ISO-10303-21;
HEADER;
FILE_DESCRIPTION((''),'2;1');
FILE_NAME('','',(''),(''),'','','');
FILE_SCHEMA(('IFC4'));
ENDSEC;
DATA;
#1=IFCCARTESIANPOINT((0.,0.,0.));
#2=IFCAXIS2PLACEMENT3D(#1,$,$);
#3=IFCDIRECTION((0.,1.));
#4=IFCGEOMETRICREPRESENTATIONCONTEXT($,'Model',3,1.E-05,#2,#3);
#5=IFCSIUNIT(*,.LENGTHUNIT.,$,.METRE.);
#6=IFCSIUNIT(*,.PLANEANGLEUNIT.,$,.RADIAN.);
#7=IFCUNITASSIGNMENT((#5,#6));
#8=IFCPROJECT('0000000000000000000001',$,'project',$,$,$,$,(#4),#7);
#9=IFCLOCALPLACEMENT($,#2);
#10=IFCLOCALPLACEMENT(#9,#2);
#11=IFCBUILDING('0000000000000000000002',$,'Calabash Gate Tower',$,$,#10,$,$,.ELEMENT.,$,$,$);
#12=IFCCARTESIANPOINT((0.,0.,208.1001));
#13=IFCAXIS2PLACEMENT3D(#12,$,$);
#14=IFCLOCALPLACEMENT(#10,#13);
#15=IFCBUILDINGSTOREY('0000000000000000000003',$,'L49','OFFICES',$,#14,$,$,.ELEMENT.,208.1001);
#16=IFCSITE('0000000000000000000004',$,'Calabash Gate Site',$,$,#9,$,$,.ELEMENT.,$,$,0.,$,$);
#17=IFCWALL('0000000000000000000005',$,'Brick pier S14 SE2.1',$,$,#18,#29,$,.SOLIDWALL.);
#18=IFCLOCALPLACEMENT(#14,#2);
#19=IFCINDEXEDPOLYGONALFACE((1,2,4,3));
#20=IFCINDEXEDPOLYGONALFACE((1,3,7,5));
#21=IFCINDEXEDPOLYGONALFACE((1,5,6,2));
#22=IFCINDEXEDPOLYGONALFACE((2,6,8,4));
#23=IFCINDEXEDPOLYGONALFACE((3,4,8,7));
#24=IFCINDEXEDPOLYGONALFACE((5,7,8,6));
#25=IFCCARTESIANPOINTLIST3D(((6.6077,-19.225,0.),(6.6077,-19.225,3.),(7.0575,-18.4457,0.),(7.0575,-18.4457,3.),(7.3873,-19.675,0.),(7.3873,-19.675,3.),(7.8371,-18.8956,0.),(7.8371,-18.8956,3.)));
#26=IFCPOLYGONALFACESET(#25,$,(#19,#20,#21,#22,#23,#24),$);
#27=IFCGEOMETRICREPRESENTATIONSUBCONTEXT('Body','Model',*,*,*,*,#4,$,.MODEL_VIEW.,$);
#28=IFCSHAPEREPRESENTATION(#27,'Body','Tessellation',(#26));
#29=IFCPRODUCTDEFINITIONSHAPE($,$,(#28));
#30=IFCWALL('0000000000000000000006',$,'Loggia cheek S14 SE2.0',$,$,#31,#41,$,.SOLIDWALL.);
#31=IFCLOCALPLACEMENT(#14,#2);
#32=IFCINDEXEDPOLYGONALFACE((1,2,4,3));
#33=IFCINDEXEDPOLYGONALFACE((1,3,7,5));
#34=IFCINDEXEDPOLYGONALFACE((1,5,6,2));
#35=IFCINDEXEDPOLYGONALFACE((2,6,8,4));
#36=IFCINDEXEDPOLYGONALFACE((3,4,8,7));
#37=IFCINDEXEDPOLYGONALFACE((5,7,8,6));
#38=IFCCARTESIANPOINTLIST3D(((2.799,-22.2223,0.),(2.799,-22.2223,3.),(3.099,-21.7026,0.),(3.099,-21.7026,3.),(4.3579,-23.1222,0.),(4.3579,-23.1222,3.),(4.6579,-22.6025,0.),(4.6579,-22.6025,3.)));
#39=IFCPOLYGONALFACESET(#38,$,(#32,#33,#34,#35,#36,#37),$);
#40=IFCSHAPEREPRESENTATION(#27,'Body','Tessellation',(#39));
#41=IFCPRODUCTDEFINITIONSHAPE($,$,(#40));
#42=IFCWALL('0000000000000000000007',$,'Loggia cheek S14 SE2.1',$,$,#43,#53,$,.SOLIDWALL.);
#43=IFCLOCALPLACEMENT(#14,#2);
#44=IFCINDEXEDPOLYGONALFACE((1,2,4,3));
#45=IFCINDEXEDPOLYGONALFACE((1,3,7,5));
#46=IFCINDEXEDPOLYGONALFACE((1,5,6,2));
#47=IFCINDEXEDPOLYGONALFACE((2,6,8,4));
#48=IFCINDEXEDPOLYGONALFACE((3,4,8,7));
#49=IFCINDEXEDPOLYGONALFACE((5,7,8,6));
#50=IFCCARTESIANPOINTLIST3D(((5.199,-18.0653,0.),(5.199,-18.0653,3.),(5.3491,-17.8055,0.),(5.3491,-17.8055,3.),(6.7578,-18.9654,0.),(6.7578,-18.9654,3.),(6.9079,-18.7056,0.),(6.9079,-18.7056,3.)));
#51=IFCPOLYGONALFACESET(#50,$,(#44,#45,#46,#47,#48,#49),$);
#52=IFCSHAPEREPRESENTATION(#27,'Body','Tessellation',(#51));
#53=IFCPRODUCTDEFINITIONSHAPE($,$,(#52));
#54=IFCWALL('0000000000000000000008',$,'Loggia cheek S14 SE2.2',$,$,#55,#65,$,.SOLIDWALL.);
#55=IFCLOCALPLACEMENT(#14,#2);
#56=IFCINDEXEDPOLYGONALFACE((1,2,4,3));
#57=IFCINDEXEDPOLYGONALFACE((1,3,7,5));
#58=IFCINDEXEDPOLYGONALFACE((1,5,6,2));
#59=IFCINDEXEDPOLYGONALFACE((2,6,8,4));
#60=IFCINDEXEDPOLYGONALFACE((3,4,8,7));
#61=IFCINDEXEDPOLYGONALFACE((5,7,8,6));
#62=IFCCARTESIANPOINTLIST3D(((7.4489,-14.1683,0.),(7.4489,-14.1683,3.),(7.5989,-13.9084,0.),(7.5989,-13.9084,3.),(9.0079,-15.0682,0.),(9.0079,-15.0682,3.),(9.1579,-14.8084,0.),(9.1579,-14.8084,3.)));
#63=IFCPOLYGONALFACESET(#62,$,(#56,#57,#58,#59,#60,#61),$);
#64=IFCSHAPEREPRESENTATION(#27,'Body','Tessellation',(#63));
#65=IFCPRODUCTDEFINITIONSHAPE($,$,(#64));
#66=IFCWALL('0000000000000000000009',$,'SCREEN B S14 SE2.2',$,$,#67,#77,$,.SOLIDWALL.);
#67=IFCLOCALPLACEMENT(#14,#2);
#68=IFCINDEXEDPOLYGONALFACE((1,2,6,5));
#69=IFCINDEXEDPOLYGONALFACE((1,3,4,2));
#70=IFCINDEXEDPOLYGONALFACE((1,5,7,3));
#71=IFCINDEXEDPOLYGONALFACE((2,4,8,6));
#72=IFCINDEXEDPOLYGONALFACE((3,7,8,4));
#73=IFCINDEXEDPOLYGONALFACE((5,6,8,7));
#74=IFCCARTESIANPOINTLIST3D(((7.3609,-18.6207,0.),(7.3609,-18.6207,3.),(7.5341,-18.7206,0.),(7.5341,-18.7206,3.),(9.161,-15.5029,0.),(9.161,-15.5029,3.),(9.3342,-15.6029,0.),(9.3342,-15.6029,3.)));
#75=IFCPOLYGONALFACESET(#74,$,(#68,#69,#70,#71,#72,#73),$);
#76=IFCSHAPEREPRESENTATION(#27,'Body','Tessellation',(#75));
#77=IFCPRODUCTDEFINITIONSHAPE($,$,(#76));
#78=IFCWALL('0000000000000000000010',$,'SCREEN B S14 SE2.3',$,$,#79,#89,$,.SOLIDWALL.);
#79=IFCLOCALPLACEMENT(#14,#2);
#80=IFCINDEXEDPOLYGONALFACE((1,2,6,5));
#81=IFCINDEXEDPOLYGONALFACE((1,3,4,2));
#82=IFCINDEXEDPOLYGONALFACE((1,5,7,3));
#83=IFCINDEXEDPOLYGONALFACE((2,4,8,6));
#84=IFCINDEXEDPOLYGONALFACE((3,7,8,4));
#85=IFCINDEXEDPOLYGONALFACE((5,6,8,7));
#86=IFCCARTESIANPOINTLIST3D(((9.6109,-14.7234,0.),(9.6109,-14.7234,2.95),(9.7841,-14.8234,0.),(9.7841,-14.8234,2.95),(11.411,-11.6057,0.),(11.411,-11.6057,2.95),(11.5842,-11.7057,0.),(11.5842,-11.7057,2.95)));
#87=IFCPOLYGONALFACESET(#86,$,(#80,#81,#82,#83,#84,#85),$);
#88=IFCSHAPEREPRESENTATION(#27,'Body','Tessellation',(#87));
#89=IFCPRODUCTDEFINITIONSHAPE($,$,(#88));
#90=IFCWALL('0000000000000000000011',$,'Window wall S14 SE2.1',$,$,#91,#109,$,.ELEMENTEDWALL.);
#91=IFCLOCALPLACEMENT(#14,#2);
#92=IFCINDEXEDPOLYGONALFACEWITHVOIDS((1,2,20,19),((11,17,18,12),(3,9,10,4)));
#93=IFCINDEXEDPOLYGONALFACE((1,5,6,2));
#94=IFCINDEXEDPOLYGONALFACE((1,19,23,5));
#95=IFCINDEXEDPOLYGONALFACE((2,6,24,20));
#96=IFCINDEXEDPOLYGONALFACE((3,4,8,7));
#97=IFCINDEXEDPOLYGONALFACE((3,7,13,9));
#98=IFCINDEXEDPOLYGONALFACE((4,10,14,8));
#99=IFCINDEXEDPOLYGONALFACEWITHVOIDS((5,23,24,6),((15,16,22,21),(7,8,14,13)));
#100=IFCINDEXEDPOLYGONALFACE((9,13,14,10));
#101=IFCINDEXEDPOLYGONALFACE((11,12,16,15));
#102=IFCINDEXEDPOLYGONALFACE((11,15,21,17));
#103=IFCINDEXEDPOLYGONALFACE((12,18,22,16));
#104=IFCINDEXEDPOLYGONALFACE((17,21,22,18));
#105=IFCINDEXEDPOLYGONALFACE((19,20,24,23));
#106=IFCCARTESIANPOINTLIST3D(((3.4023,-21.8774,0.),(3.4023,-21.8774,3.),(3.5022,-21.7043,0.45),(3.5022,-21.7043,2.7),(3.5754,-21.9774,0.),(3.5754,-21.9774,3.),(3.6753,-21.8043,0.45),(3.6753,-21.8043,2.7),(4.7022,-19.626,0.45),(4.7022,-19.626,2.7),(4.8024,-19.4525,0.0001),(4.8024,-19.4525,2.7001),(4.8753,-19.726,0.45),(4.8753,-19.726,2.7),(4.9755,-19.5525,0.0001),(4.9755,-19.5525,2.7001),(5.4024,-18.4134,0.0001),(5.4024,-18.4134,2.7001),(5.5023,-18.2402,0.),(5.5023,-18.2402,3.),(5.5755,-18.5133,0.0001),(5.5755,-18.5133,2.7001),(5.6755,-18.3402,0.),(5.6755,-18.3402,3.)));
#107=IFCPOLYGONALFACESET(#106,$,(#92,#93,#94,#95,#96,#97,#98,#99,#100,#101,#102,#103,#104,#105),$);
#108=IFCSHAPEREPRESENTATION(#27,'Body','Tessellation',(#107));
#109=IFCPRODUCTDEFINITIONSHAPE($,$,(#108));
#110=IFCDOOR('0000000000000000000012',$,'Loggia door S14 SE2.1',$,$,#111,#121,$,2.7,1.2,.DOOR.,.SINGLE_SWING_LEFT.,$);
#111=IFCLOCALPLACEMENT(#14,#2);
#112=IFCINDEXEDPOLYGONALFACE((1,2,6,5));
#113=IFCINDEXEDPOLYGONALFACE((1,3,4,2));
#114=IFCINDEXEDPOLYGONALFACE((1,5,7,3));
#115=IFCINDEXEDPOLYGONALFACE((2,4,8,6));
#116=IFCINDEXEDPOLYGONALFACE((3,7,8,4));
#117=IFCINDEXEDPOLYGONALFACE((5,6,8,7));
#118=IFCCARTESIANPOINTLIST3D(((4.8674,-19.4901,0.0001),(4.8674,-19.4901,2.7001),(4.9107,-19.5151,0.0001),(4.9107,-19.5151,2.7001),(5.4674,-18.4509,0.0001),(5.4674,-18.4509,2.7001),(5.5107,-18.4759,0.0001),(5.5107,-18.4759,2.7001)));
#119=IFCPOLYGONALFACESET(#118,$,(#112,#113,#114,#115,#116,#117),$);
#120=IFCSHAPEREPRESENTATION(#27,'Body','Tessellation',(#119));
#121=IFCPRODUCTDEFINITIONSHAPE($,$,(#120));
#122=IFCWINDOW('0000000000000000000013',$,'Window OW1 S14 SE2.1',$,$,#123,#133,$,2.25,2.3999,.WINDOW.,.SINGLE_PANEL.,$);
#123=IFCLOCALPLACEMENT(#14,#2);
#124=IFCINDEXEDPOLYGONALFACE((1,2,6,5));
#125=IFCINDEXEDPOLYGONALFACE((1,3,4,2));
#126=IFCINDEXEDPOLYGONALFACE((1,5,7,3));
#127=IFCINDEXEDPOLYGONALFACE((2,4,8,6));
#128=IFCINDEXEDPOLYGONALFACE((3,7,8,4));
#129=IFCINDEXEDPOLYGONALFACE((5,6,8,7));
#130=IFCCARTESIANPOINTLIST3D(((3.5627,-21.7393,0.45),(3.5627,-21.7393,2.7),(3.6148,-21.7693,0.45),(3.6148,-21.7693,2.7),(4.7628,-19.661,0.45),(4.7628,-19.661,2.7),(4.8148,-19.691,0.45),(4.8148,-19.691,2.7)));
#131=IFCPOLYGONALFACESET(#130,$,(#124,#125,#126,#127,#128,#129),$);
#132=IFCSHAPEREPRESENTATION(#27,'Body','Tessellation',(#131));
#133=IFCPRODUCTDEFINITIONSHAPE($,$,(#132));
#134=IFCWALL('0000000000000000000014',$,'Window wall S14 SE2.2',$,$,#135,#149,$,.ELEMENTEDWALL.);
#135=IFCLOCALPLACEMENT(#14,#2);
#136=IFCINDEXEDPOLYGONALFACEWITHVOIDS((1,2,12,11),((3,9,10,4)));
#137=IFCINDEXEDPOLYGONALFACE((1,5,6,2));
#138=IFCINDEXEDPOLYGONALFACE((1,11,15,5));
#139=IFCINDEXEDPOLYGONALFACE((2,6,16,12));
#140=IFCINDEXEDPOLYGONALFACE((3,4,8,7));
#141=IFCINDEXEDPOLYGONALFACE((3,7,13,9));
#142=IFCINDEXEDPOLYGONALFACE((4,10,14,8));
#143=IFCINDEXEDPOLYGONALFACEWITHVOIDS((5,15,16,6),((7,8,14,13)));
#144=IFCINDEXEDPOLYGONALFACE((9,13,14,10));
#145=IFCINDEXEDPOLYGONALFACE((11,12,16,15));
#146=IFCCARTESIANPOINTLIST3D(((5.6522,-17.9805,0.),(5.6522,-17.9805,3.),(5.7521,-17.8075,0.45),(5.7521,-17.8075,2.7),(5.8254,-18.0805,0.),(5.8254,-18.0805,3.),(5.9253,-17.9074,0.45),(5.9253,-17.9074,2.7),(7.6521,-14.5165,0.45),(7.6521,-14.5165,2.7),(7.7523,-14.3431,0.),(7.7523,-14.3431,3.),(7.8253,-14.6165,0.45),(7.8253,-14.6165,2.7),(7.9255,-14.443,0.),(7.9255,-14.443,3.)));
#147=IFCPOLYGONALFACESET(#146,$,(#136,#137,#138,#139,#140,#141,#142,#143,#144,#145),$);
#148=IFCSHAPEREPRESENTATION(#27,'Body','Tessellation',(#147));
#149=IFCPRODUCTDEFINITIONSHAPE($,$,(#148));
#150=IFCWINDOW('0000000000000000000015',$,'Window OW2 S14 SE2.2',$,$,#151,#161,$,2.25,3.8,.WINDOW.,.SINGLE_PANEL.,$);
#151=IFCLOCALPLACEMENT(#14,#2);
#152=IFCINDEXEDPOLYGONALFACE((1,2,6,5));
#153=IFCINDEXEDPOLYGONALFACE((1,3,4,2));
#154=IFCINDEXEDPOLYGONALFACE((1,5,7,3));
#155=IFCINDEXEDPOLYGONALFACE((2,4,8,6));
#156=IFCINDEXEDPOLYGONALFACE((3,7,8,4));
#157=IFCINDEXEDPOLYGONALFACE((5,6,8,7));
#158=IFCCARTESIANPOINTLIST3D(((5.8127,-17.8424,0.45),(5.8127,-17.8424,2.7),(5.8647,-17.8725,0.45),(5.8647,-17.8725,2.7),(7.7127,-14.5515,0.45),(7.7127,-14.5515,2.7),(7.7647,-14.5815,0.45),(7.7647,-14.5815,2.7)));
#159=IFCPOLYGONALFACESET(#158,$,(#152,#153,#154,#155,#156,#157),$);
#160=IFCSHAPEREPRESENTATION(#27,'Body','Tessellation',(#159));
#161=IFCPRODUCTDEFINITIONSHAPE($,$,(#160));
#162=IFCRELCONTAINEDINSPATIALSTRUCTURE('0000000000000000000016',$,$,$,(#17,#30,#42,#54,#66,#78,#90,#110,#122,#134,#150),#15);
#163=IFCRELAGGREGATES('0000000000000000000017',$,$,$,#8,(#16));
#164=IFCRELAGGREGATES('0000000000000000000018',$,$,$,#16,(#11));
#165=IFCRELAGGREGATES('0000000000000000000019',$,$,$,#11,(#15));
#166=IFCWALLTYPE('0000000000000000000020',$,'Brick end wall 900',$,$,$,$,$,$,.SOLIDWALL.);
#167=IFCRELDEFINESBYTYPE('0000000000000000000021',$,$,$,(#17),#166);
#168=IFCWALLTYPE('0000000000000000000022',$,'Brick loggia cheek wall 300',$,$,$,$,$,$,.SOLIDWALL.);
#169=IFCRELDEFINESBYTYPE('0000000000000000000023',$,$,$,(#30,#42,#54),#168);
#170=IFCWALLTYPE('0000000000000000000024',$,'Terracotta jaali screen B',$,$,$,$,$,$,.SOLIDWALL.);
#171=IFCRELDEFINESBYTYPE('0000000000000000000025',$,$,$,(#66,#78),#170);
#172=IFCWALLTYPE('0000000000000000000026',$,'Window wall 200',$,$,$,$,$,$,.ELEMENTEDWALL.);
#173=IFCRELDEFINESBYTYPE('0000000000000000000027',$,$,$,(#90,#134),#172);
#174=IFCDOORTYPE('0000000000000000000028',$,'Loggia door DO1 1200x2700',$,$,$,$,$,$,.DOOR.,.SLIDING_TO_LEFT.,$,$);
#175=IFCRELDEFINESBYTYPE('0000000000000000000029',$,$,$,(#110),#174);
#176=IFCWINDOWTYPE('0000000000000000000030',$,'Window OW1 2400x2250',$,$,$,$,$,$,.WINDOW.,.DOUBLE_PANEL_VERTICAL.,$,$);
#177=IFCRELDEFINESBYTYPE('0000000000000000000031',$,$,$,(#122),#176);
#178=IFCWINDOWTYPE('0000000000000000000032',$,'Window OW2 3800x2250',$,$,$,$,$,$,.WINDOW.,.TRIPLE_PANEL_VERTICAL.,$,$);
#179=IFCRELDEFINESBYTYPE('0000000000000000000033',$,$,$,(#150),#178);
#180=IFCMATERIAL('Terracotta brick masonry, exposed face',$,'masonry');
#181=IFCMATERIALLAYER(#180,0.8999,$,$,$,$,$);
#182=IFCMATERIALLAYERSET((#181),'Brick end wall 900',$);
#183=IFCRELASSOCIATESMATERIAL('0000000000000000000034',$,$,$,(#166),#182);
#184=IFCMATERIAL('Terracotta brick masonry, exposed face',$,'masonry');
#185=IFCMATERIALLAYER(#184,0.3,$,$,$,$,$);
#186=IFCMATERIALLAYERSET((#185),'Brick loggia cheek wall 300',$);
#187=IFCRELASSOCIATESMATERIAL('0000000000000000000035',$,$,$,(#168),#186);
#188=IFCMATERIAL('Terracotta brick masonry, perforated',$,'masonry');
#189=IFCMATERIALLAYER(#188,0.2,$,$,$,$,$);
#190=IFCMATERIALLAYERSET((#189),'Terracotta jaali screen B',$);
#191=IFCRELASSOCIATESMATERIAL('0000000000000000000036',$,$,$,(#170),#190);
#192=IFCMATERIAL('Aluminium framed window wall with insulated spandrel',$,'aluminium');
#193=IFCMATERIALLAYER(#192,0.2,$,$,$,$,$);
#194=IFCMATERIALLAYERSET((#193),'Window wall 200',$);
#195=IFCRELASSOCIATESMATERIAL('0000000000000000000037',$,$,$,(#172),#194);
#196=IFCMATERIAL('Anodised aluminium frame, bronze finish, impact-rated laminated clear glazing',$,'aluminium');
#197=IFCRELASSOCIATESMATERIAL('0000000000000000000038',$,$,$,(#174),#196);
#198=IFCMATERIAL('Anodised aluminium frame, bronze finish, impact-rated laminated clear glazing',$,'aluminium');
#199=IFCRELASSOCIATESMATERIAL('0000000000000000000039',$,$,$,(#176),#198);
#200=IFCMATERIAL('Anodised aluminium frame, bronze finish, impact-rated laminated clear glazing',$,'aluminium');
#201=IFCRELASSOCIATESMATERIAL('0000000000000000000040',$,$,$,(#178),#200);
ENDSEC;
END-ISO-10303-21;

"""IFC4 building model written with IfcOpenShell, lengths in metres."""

from ifc_helpers import new_model, si_unit, direction, frame, frame_2d, origin, place, context, subcontext, project, spatial, rectangle, extrude, material, layer, layer_set, type_object, element, fill, save


model = new_model("IFC4")

# Units and contexts
model_context = context("Model", 3, precision=1e-05, world=origin(), true_north=direction((0.0, 1.0)))
body_context = subcontext(model_context, "Body", "Model", "MODEL_VIEW")
ifc_project = project(units=[si_unit("LENGTHUNIT", "METRE"), si_unit("PLANEANGLEUNIT", "RADIAN")], contexts=[model_context])

# Site, building, storey
site_placement = place(None, origin())
site = spatial("IfcSite", under=ifc_project, at=site_placement, Name="Calabash Gate Site", CompositionType="ELEMENT", RefElevation=0.0)
building_placement = place(site_placement, origin())
building = spatial("IfcBuilding", under=site, at=building_placement, Name="Calabash Gate Tower", CompositionType="ELEMENT")
storey_placement = place(building_placement, frame((0.0, 0.0, 208.1001)))
storey = spatial("IfcBuildingStorey", under=building, at=storey_placement, Name="L49", Description="OFFICES", CompositionType="ELEMENT", Elevation=208.1001)

# Walls
ifc_material_1 = material(Name="Terracotta brick masonry, exposed face", Category="masonry")
ifc_layer_1 = layer(ifc_material_1, 0.8999)
ifc_layer_set_1 = layer_set([ifc_layer_1], Name="Brick end wall 900")
wall_type_1 = type_object("IfcWallType", Name="Brick end wall 900", PredefinedType="SOLIDWALL", material=ifc_layer_set_1)
wall_1_placement = place(storey_placement, frame((7.6123, -19.2854, 0.0), z_axis=(0.0, 0.0, 1.0), x_axis=(-0.866082, 0.499902, 0.0)))
element("IfcWall", 1, at=wall_1_placement, inside=storey, type_object=wall_type_1, Name="Brick pier S14 SE2.1", PredefinedType="SOLIDWALL", context=body_context, shape_type="SweptSolid", body=[
    extrude(rectangle(XDim=0.9001, YDim=0.8999, at=frame_2d((0.4502, 0.0))), origin(), (0.0, 0.0, 1.0), 3.0),
])
ifc_material_2 = material(Name="Terracotta brick masonry, exposed face", Category="masonry")
ifc_layer_2 = layer(ifc_material_2, 0.3)
ifc_layer_set_2 = layer_set([ifc_layer_2], Name="Brick loggia cheek wall 300")
wall_type_2 = type_object("IfcWallType", Name="Brick loggia cheek wall 300", PredefinedType="SOLIDWALL", material=ifc_layer_set_2)
wall_2_placement = place(storey_placement, frame((4.5078, -22.8623, 0.0), z_axis=(0.0, 0.0, 1.0), x_axis=(-0.866048, 0.499961, 0.0)))
element("IfcWall", 2, at=wall_2_placement, inside=storey, type_object=wall_type_2, Name="Loggia cheek S14 SE2.0", PredefinedType="SOLIDWALL", context=body_context, shape_type="SweptSolid", body=[
    extrude(rectangle(XDim=1.8, YDim=0.6001, at=frame_2d((0.8999, 0.0))), origin(), (0.0, 0.0, 1.0), 3.0),
])
for number, where, z_axis, x_axis, name in (
    (3, (6.8328, -18.8354, 0.0), (0.0, 0.0, 1.0), (-0.865989, 0.500063, 0.0), "Loggia cheek S14 SE2.1"),
    (4, (9.0828, -14.9382, 0.0), (0.0, 0.0, 1.0), (-0.866048, 0.499961, 0.0), "Loggia cheek S14 SE2.2"),
):
    element("IfcWall", number, at=place(storey_placement, frame(where, z_axis=z_axis, x_axis=x_axis)), inside=storey, type_object=wall_type_2, Name=name, PredefinedType="SOLIDWALL", context=body_context, shape_type="SweptSolid", body=[
        extrude(rectangle(XDim=1.8, YDim=0.3, at=frame_2d((0.8999, 0.0))), origin(), (0.0, 0.0, 1.0), 3.0),
    ])
ifc_material_3 = material(Name="Terracotta brick masonry, perforated", Category="masonry")
ifc_layer_3 = layer(ifc_material_3, 0.2)
ifc_layer_set_3 = layer_set([ifc_layer_3], Name="Terracotta jaali screen B")
wall_type_3 = type_object("IfcWallType", Name="Terracotta jaali screen B", PredefinedType="SOLIDWALL", material=ifc_layer_set_3)
wall_3_placement = place(storey_placement, frame((7.4475, -18.6707, 0.0), z_axis=(0.0, 0.0, 1.0), x_axis=(0.500012, 0.866018, 0.0)))
element("IfcWall", 5, at=wall_3_placement, inside=storey, type_object=wall_type_3, Name="SCREEN B S14 SE2.2", PredefinedType="SOLIDWALL", context=body_context, shape_type="SweptSolid", body=[
    extrude(rectangle(XDim=3.6001, YDim=0.2, at=frame_2d((1.8, 0.0))), origin(), (0.0, 0.0, 1.0), 3.0),
])
wall_4_placement = place(storey_placement, frame((9.6975, -14.7734, 0.0), z_axis=(0.0, 0.0, 1.0), x_axis=(0.500012, 0.866018, 0.0)))
element("IfcWall", 6, at=wall_4_placement, inside=storey, type_object=wall_type_3, Name="SCREEN B S14 SE2.3", PredefinedType="SOLIDWALL", context=body_context, shape_type="SweptSolid", body=[
    extrude(rectangle(XDim=3.6001, YDim=0.2, at=frame_2d((1.8, 0.0))), origin(), (0.0, 0.0, 1.0), 2.95),
])

# Wall, openings, door, window
ifc_material_4 = material(Name="Aluminium framed window wall with insulated spandrel", Category="aluminium")
ifc_layer_4 = layer(ifc_material_4, 0.2)
ifc_layer_set_4 = layer_set([ifc_layer_4], Name="Window wall 200")
wall_type_4 = type_object("IfcWallType", Name="Window wall 200", PredefinedType="ELEMENTEDWALL", material=ifc_layer_set_4)
wall_5_placement = place(storey_placement, frame((3.4888, -21.9275, 0.0), z_axis=(0.0, 0.0, 1.0), x_axis=(0.500028, 0.866009, 0.0)))
wall_5 = element("IfcWall", 7, at=wall_5_placement, inside=storey, type_object=wall_type_4, Name="Window wall S14 SE2.1", PredefinedType="ELEMENTEDWALL", context=body_context, shape_type="SweptSolid", body=[
    extrude(rectangle(XDim=4.2, YDim=0.2, at=frame_2d((2.1001, 0.0))), origin(), (0.0, 0.0, 1.0), 3.0),
])
opening_1_placement = place(wall_5_placement, frame((0.2, 0.0, 0.45)))
opening_1 = element("IfcOpeningElement", 8, at=opening_1_placement, cuts=wall_5, PredefinedType="OPENING", context=body_context, shape_type="SweptSolid", body=[
    extrude(rectangle(XDim=2.3999, YDim=2.25, at=frame_2d((1.2, 1.125))), frame((0.0, 0.1099, 0.0), z_axis=(0.0, -1.0, 0.0), x_axis=(1.0, 0.0, 0.0)), (0.0, 0.0, 1.0), 0.22),
])
opening_2_placement = place(wall_5_placement, frame((2.8, 0.0, 0.0)))
opening_2 = element("IfcOpeningElement", 9, at=opening_2_placement, cuts=wall_5, PredefinedType="OPENING", context=body_context, shape_type="SweptSolid", body=[
    extrude(rectangle(XDim=1.2, YDim=2.7, at=frame_2d((0.6001, 1.3501))), frame((0.0, 0.1099, 0.0), z_axis=(0.0, -1.0, 0.0), x_axis=(1.0, 0.0, 0.0)), (0.0, 0.0, 1.0), 0.22),
])
ifc_material_5 = material(Name="Anodised aluminium frame, bronze finish, impact-rated laminated clear glazing", Category="aluminium")
door_type = type_object("IfcDoorType", Name="Loggia door DO1 1200x2700", OperationType="SLIDING_TO_LEFT", PredefinedType="DOOR", material=ifc_material_5)
door_1_placement = place(opening_2_placement, origin())
door_1 = element("IfcDoor", 10, at=door_1_placement, inside=storey, type_object=door_type, Name="Loggia door S14 SE2.1", OperationType="SINGLE_SWING_LEFT", OverallHeight=2.7, OverallWidth=1.2, PredefinedType="DOOR", context=body_context, shape_type="SweptSolid", body=[
    extrude(rectangle(XDim=1.2, YDim=2.7, at=frame_2d((0.6001, 1.3501))), frame((0.0, 0.0249, 0.0), z_axis=(0.0, -1.0, 0.0), x_axis=(1.0, 0.0, 0.0)), (0.0, 0.0, 1.0), 0.05),
])
fill(opening_2, door_1)
ifc_material_6 = material(Name="Anodised aluminium frame, bronze finish, impact-rated laminated clear glazing", Category="aluminium")
window_type_1 = type_object("IfcWindowType", Name="Window OW1 2400x2250", PartitioningType="DOUBLE_PANEL_VERTICAL", PredefinedType="WINDOW", material=ifc_material_6)
window_1_placement = place(opening_1_placement, origin())
window_1 = element("IfcWindow", 11, at=window_1_placement, inside=storey, type_object=window_type_1, Name="Window OW1 S14 SE2.1", OverallHeight=2.25, OverallWidth=2.3999, PartitioningType="SINGLE_PANEL", PredefinedType="WINDOW", context=body_context, shape_type="SweptSolid", body=[
    extrude(rectangle(XDim=2.3999, YDim=2.25, at=frame_2d((1.2, 1.125))), frame((0.0, 0.03, 0.0), z_axis=(0.0, -1.0, 0.0), x_axis=(1.0, 0.0, 0.0)), (0.0, 0.0, 1.0), 0.0601),
])
fill(opening_1, window_1)

# Wall, opening, window
wall_6_placement = place(storey_placement, frame((5.7388, -18.0305, 0.0), z_axis=(0.0, 0.0, 1.0), x_axis=(0.500003, 0.866024, 0.0)))
wall_6 = element("IfcWall", 12, at=wall_6_placement, inside=storey, type_object=wall_type_4, Name="Window wall S14 SE2.2", PredefinedType="ELEMENTEDWALL", context=body_context, shape_type="SweptSolid", body=[
    extrude(rectangle(XDim=4.2002, YDim=0.2, at=frame_2d((2.1001, 0.0))), origin(), (0.0, 0.0, 1.0), 3.0),
])
opening_3_placement = place(wall_6_placement, frame((0.2, 0.0, 0.45)))
opening_3 = element("IfcOpeningElement", 13, at=opening_3_placement, cuts=wall_6, PredefinedType="OPENING", context=body_context, shape_type="SweptSolid", body=[
    extrude(rectangle(XDim=3.8, YDim=2.25, at=frame_2d((1.8999, 1.125))), frame((0.0, 0.1099, 0.0), z_axis=(0.0, -1.0, 0.0), x_axis=(1.0, 0.0, 0.0)), (0.0, 0.0, 1.0), 0.22),
])
ifc_material_7 = material(Name="Anodised aluminium frame, bronze finish, impact-rated laminated clear glazing", Category="aluminium")
window_type_2 = type_object("IfcWindowType", Name="Window OW2 3800x2250", PartitioningType="TRIPLE_PANEL_VERTICAL", PredefinedType="WINDOW", material=ifc_material_7)
window_2_placement = place(opening_3_placement, origin())
window_2 = element("IfcWindow", 14, at=window_2_placement, inside=storey, type_object=window_type_2, Name="Window OW2 S14 SE2.2", OverallHeight=2.25, OverallWidth=3.8, PartitioningType="SINGLE_PANEL", PredefinedType="WINDOW", context=body_context, shape_type="SweptSolid", body=[
    extrude(rectangle(XDim=3.8, YDim=2.25, at=frame_2d((1.8999, 1.125))), frame((0.0, 0.03, 0.0), z_axis=(0.0, -1.0, 0.0), x_axis=(1.0, 0.0, 0.0)), (0.0, 0.0, 1.0), 0.0601),
])
fill(opening_3, window_2)

save(model, "model.ifc")
